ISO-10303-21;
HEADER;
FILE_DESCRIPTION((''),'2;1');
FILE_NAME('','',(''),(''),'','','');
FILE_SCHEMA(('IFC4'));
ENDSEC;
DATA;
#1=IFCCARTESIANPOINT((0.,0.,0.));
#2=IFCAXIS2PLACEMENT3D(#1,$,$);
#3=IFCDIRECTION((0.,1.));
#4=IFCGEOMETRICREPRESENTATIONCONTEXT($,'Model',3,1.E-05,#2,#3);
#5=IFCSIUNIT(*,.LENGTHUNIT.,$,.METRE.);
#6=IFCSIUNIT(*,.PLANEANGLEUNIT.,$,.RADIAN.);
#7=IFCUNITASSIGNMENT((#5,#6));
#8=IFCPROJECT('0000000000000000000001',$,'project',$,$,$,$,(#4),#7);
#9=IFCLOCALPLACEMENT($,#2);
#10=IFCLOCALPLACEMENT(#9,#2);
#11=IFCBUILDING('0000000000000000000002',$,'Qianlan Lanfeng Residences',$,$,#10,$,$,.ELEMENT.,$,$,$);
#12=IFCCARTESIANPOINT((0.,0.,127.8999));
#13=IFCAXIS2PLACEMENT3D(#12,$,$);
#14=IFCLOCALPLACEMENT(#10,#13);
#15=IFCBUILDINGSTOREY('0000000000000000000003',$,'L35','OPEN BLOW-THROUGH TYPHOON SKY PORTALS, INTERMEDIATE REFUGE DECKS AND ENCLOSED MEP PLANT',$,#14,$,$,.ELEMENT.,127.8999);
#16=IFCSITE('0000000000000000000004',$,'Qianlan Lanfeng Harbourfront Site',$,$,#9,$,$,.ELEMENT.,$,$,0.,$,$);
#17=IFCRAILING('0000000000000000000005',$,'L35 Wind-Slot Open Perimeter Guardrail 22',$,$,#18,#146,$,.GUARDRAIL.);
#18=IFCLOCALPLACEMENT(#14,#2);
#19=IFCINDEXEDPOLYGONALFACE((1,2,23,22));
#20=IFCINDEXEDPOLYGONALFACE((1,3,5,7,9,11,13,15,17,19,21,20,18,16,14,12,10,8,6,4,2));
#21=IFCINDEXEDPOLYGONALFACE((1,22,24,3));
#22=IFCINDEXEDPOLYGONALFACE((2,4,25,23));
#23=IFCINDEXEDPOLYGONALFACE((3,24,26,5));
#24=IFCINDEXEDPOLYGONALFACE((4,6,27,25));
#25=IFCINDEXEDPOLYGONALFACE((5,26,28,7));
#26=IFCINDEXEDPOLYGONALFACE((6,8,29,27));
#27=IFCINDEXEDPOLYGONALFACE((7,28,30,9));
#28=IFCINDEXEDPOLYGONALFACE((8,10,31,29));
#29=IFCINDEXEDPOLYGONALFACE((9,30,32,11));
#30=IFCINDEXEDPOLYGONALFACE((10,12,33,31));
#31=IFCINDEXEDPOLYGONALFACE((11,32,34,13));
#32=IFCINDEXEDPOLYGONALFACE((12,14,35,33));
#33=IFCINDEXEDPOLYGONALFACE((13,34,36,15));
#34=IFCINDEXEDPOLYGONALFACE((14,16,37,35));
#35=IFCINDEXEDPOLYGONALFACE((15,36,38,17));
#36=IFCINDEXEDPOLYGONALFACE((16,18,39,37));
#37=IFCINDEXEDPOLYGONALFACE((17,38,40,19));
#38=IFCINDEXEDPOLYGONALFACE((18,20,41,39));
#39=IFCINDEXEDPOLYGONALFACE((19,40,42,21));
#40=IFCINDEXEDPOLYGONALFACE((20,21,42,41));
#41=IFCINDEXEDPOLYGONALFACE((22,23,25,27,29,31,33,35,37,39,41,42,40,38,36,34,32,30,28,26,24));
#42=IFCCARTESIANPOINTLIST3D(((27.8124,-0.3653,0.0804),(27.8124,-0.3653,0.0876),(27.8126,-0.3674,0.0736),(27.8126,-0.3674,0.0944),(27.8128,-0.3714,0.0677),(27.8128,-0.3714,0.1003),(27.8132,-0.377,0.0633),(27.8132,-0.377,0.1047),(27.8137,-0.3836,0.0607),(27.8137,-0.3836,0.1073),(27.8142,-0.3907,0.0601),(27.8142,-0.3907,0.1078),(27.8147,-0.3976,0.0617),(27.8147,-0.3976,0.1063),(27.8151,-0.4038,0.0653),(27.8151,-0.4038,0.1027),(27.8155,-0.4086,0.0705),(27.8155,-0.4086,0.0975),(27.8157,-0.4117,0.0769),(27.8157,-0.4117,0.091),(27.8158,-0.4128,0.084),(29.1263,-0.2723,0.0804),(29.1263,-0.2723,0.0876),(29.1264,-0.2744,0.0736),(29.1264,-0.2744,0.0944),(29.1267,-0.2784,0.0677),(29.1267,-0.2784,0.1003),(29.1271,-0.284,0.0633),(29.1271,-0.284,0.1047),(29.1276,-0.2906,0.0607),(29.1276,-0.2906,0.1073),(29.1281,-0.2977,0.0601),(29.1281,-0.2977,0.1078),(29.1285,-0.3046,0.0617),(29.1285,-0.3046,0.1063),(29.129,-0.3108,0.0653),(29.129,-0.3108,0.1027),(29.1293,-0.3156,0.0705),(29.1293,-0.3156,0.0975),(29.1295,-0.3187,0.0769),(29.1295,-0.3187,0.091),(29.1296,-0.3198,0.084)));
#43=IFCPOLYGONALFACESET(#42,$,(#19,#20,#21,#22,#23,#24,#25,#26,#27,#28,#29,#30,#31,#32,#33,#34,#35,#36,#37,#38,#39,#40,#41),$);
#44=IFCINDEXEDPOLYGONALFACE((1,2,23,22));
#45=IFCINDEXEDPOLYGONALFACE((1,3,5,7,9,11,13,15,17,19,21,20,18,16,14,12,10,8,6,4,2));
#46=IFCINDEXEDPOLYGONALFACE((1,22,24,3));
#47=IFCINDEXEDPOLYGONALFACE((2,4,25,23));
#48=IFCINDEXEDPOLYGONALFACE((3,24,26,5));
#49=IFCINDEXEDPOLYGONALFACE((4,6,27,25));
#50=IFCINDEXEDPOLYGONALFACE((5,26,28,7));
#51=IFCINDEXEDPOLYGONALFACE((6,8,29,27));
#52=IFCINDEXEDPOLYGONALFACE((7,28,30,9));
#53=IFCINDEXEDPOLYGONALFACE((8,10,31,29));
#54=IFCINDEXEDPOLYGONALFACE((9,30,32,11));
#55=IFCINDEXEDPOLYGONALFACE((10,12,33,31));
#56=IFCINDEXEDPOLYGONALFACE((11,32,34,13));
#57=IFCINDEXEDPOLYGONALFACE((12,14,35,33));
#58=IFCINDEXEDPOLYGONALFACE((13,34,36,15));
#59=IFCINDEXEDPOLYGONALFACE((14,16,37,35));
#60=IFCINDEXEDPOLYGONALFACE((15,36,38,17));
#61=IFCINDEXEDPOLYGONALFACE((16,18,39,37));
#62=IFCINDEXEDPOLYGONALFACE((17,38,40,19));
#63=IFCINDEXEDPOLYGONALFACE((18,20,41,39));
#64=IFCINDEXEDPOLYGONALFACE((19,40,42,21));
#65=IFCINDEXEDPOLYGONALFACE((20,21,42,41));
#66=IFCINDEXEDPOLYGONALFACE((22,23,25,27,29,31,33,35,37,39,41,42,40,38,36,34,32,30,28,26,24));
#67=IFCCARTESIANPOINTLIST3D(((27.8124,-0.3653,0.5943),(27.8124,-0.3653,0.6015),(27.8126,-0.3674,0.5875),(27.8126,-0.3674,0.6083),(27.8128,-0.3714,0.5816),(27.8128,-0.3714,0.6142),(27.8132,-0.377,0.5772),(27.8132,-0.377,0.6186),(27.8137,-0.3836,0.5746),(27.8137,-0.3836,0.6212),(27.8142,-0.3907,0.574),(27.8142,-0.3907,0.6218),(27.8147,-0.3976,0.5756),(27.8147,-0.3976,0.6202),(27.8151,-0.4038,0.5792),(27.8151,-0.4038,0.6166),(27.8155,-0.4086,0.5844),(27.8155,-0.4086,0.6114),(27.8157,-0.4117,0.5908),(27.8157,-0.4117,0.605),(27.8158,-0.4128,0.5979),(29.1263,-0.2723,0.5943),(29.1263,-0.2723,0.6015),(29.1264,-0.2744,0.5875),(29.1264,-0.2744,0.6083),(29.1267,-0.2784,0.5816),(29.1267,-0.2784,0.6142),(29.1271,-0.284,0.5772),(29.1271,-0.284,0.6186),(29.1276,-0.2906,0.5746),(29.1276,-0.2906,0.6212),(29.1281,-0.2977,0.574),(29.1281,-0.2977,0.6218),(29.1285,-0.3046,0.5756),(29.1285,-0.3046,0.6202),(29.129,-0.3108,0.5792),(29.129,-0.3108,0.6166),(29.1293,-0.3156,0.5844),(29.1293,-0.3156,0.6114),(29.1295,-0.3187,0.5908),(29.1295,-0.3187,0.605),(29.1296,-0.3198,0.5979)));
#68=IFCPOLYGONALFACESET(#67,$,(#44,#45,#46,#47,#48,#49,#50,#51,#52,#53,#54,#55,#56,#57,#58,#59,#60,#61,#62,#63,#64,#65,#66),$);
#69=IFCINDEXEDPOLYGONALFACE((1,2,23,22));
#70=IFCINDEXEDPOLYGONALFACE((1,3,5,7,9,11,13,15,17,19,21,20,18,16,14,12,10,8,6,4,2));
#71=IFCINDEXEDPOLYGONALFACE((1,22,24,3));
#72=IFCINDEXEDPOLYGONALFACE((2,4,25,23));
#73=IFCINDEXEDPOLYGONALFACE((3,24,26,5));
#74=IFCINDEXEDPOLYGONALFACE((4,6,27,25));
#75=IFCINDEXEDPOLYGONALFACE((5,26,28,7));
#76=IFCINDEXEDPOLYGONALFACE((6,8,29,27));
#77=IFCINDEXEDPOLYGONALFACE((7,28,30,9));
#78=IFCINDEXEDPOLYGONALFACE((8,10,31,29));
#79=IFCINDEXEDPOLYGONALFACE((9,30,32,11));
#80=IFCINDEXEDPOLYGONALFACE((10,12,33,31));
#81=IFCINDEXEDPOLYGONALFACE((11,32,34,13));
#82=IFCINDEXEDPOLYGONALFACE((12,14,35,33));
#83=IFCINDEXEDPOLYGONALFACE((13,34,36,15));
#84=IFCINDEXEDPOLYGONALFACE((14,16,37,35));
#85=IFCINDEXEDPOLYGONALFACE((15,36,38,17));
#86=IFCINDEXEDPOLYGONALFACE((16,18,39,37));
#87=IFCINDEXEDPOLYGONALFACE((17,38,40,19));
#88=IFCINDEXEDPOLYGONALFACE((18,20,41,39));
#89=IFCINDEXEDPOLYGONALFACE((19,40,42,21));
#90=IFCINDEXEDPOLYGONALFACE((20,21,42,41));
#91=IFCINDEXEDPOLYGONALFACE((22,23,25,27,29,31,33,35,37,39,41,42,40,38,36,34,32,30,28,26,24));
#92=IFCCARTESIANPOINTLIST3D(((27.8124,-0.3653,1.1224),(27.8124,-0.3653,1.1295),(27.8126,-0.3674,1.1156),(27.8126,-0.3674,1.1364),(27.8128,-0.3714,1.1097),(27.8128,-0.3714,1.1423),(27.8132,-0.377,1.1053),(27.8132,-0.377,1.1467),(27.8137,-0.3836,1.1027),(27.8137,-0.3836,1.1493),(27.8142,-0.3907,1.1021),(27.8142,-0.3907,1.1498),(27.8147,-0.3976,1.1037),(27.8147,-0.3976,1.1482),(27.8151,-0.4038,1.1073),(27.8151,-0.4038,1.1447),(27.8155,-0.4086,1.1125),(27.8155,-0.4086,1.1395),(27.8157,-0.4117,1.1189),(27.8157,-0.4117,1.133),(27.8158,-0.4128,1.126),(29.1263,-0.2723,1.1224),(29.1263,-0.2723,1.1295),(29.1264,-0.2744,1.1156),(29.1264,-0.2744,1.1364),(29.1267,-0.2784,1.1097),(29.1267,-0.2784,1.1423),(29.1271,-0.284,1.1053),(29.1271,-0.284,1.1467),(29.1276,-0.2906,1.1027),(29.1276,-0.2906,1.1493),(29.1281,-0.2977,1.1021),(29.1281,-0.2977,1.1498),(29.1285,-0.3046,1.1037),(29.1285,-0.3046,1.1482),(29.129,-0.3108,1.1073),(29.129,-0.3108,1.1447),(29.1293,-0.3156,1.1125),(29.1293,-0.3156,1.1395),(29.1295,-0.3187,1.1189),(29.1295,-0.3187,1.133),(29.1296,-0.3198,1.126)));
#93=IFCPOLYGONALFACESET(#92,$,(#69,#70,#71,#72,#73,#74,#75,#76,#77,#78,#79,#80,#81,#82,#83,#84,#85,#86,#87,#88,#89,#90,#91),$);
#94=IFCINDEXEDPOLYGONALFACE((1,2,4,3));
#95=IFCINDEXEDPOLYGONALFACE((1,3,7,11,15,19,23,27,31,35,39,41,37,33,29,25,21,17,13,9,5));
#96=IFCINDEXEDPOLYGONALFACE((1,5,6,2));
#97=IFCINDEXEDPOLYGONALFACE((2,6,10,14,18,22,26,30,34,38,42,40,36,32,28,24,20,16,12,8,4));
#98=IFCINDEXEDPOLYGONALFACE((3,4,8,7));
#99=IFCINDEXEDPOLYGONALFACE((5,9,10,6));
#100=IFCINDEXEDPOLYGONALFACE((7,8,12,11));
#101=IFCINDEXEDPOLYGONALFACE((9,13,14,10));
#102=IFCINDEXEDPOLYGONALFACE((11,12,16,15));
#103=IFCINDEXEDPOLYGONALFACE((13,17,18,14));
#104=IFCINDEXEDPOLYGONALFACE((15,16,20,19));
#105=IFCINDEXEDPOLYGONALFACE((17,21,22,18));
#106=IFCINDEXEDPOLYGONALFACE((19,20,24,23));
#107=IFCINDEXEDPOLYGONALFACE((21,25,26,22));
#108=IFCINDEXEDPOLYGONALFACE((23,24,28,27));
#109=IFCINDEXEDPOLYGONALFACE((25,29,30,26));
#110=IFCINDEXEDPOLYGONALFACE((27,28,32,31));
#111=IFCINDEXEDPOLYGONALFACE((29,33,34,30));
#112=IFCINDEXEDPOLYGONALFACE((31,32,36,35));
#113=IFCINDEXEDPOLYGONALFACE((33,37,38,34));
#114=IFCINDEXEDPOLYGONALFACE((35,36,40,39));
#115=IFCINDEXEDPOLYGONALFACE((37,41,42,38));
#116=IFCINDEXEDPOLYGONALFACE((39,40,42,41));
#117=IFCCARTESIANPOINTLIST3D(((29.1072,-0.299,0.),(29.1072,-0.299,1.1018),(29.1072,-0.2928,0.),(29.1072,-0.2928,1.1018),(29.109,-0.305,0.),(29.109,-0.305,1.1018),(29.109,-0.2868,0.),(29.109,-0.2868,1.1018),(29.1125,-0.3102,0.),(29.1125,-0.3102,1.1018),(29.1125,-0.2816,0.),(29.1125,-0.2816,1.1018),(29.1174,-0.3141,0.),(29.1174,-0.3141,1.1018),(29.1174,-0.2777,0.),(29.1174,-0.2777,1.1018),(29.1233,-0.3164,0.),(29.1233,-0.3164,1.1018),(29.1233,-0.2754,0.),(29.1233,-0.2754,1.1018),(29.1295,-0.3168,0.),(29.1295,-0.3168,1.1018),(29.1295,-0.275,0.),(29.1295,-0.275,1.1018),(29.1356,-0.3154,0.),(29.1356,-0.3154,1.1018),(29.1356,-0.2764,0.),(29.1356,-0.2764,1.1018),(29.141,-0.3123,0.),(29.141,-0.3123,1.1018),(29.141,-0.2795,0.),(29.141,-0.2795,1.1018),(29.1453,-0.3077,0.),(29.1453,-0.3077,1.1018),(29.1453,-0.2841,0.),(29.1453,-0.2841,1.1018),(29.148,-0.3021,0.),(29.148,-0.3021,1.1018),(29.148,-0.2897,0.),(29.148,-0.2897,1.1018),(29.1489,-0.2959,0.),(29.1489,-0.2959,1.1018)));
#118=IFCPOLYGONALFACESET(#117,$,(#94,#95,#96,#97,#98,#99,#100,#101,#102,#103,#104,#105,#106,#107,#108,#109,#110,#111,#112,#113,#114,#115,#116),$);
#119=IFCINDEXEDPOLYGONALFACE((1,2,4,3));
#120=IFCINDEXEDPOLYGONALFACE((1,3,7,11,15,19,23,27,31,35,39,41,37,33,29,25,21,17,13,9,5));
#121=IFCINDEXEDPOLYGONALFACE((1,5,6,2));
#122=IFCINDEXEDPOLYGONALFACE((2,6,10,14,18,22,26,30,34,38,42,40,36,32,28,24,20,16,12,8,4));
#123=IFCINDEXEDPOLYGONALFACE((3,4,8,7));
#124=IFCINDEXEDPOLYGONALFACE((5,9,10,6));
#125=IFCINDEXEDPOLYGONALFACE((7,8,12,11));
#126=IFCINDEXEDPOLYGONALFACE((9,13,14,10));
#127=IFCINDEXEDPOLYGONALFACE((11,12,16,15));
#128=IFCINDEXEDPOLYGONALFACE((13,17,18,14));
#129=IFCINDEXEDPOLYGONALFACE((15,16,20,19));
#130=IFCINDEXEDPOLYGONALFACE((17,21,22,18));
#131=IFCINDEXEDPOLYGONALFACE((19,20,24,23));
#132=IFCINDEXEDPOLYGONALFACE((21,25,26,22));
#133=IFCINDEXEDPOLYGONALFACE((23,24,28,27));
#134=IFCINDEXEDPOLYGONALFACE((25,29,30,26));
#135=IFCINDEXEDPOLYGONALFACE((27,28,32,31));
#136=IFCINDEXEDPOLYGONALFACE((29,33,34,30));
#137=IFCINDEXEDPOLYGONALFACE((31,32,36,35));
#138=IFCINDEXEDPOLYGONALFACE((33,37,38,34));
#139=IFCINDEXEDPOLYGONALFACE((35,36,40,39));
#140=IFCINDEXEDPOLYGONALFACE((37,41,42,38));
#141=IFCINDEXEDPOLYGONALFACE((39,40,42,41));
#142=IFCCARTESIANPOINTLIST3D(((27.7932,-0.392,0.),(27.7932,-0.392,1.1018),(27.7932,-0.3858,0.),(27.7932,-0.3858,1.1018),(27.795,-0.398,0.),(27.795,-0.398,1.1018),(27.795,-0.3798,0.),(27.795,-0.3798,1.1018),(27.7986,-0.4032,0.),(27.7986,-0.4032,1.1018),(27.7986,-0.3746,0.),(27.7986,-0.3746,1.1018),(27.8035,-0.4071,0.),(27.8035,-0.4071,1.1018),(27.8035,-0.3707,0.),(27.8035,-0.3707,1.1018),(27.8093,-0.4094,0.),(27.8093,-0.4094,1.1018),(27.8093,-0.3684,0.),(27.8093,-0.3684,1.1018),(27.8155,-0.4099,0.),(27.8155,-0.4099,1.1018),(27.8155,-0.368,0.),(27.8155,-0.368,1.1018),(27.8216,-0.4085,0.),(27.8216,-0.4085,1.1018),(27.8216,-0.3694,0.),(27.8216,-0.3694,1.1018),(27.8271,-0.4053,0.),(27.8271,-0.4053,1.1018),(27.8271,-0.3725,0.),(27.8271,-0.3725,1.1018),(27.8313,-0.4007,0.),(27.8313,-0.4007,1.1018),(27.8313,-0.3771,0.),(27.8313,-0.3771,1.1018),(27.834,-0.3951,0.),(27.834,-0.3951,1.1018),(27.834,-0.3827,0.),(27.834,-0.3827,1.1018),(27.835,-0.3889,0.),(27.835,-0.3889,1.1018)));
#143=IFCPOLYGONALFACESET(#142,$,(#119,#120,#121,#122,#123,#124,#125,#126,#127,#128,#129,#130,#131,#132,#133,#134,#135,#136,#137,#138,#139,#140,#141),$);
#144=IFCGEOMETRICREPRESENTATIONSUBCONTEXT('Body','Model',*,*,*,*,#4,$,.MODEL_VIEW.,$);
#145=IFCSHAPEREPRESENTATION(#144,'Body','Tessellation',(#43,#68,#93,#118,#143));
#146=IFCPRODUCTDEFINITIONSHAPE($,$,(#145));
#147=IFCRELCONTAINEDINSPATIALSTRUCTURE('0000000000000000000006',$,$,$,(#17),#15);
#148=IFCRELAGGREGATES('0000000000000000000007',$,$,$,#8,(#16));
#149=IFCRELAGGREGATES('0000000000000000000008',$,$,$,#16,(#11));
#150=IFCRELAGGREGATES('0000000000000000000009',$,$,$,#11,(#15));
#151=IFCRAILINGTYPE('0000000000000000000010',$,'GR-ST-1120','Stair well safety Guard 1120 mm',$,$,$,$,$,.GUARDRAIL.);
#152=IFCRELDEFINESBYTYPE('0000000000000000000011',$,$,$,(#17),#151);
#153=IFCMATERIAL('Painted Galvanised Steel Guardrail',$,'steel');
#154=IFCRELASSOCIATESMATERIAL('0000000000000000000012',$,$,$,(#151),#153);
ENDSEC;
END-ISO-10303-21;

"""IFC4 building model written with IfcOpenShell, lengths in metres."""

from ifc_helpers import new_model, si_unit, direction, frame, origin, origin_2d, place, context, subcontext, project, spatial, circle, extrude, material, type_object, element, save


model = new_model("IFC4")

# Units and contexts
model_context = context("Model", 3, precision=1e-05, world=origin(), true_north=direction((0.0, 1.0)))
body_context = subcontext(model_context, "Body", "Model", "MODEL_VIEW")
ifc_project = project(units=[si_unit("LENGTHUNIT", "METRE"), si_unit("PLANEANGLEUNIT", "RADIAN")], contexts=[model_context])

# Site, building, storey
site_placement = place(None, origin())
site = spatial("IfcSite", under=ifc_project, at=site_placement, Name="Qianlan Lanfeng Harbourfront Site", CompositionType="ELEMENT", RefElevation=0.0)
building_placement = place(site_placement, origin())
building = spatial("IfcBuilding", under=site, at=building_placement, Name="Qianlan Lanfeng Residences", CompositionType="ELEMENT")
storey_placement = place(building_placement, frame((0.0, 0.0, 127.8999)))
storey = spatial("IfcBuildingStorey", under=building, at=storey_placement, Name="L35", Description="OPEN BLOW-THROUGH TYPHOON SKY PORTALS, INTERMEDIATE REFUGE DECKS AND ENCLOSED MEP PLANT", CompositionType="ELEMENT", Elevation=127.8999)

# Railing
ifc_material_1 = material(Name="Painted Galvanised Steel Guardrail", Category="steel")
railing_type = type_object("IfcRailingType", Name="GR-ST-1120", Description="Stair well safety Guard 1120 mm", PredefinedType="GUARDRAIL", material=ifc_material_1)
railing_1_placement = place(storey_placement, frame((29.1279, -0.2959, 0.0)))
element("IfcRailing", 1, at=railing_1_placement, inside=storey, type_object=railing_type, Name="L35 Wind-Slot Open Perimeter Guardrail 22", PredefinedType="GUARDRAIL", context=body_context, shape_type="SweptSolid", body=[
    extrude(circle(Radius=0.0239, at=origin_2d()), frame((0.0, 0.0, 0.084), z_axis=(-0.997504, -0.070615, 0.0), x_axis=(0.070615, -0.997504, 0.0)), (0.0, 0.0, 1.0), 1.3171),
    extrude(circle(Radius=0.0239, at=origin_2d()), frame((0.0, 0.0, 0.5979), z_axis=(-0.997504, -0.070615, 0.0), x_axis=(0.070615, -0.997504, 0.0)), (0.0, 0.0, 1.0), 1.3171),
    extrude(circle(Radius=0.0239, at=origin_2d()), frame((0.0, 0.0, 1.126), z_axis=(-0.997504, -0.070615, 0.0), x_axis=(0.070615, -0.997504, 0.0)), (0.0, 0.0, 1.0), 1.3171),
    extrude(circle(Radius=0.021, at=origin_2d()), origin(), (0.0, 0.0, 1.0), 1.1018),
    extrude(circle(Radius=0.021, at=origin_2d()), frame((-1.314, -0.093, 0.0)), (0.0, 0.0, 1.0), 1.1018),
])

save(model, "model.ifc")
